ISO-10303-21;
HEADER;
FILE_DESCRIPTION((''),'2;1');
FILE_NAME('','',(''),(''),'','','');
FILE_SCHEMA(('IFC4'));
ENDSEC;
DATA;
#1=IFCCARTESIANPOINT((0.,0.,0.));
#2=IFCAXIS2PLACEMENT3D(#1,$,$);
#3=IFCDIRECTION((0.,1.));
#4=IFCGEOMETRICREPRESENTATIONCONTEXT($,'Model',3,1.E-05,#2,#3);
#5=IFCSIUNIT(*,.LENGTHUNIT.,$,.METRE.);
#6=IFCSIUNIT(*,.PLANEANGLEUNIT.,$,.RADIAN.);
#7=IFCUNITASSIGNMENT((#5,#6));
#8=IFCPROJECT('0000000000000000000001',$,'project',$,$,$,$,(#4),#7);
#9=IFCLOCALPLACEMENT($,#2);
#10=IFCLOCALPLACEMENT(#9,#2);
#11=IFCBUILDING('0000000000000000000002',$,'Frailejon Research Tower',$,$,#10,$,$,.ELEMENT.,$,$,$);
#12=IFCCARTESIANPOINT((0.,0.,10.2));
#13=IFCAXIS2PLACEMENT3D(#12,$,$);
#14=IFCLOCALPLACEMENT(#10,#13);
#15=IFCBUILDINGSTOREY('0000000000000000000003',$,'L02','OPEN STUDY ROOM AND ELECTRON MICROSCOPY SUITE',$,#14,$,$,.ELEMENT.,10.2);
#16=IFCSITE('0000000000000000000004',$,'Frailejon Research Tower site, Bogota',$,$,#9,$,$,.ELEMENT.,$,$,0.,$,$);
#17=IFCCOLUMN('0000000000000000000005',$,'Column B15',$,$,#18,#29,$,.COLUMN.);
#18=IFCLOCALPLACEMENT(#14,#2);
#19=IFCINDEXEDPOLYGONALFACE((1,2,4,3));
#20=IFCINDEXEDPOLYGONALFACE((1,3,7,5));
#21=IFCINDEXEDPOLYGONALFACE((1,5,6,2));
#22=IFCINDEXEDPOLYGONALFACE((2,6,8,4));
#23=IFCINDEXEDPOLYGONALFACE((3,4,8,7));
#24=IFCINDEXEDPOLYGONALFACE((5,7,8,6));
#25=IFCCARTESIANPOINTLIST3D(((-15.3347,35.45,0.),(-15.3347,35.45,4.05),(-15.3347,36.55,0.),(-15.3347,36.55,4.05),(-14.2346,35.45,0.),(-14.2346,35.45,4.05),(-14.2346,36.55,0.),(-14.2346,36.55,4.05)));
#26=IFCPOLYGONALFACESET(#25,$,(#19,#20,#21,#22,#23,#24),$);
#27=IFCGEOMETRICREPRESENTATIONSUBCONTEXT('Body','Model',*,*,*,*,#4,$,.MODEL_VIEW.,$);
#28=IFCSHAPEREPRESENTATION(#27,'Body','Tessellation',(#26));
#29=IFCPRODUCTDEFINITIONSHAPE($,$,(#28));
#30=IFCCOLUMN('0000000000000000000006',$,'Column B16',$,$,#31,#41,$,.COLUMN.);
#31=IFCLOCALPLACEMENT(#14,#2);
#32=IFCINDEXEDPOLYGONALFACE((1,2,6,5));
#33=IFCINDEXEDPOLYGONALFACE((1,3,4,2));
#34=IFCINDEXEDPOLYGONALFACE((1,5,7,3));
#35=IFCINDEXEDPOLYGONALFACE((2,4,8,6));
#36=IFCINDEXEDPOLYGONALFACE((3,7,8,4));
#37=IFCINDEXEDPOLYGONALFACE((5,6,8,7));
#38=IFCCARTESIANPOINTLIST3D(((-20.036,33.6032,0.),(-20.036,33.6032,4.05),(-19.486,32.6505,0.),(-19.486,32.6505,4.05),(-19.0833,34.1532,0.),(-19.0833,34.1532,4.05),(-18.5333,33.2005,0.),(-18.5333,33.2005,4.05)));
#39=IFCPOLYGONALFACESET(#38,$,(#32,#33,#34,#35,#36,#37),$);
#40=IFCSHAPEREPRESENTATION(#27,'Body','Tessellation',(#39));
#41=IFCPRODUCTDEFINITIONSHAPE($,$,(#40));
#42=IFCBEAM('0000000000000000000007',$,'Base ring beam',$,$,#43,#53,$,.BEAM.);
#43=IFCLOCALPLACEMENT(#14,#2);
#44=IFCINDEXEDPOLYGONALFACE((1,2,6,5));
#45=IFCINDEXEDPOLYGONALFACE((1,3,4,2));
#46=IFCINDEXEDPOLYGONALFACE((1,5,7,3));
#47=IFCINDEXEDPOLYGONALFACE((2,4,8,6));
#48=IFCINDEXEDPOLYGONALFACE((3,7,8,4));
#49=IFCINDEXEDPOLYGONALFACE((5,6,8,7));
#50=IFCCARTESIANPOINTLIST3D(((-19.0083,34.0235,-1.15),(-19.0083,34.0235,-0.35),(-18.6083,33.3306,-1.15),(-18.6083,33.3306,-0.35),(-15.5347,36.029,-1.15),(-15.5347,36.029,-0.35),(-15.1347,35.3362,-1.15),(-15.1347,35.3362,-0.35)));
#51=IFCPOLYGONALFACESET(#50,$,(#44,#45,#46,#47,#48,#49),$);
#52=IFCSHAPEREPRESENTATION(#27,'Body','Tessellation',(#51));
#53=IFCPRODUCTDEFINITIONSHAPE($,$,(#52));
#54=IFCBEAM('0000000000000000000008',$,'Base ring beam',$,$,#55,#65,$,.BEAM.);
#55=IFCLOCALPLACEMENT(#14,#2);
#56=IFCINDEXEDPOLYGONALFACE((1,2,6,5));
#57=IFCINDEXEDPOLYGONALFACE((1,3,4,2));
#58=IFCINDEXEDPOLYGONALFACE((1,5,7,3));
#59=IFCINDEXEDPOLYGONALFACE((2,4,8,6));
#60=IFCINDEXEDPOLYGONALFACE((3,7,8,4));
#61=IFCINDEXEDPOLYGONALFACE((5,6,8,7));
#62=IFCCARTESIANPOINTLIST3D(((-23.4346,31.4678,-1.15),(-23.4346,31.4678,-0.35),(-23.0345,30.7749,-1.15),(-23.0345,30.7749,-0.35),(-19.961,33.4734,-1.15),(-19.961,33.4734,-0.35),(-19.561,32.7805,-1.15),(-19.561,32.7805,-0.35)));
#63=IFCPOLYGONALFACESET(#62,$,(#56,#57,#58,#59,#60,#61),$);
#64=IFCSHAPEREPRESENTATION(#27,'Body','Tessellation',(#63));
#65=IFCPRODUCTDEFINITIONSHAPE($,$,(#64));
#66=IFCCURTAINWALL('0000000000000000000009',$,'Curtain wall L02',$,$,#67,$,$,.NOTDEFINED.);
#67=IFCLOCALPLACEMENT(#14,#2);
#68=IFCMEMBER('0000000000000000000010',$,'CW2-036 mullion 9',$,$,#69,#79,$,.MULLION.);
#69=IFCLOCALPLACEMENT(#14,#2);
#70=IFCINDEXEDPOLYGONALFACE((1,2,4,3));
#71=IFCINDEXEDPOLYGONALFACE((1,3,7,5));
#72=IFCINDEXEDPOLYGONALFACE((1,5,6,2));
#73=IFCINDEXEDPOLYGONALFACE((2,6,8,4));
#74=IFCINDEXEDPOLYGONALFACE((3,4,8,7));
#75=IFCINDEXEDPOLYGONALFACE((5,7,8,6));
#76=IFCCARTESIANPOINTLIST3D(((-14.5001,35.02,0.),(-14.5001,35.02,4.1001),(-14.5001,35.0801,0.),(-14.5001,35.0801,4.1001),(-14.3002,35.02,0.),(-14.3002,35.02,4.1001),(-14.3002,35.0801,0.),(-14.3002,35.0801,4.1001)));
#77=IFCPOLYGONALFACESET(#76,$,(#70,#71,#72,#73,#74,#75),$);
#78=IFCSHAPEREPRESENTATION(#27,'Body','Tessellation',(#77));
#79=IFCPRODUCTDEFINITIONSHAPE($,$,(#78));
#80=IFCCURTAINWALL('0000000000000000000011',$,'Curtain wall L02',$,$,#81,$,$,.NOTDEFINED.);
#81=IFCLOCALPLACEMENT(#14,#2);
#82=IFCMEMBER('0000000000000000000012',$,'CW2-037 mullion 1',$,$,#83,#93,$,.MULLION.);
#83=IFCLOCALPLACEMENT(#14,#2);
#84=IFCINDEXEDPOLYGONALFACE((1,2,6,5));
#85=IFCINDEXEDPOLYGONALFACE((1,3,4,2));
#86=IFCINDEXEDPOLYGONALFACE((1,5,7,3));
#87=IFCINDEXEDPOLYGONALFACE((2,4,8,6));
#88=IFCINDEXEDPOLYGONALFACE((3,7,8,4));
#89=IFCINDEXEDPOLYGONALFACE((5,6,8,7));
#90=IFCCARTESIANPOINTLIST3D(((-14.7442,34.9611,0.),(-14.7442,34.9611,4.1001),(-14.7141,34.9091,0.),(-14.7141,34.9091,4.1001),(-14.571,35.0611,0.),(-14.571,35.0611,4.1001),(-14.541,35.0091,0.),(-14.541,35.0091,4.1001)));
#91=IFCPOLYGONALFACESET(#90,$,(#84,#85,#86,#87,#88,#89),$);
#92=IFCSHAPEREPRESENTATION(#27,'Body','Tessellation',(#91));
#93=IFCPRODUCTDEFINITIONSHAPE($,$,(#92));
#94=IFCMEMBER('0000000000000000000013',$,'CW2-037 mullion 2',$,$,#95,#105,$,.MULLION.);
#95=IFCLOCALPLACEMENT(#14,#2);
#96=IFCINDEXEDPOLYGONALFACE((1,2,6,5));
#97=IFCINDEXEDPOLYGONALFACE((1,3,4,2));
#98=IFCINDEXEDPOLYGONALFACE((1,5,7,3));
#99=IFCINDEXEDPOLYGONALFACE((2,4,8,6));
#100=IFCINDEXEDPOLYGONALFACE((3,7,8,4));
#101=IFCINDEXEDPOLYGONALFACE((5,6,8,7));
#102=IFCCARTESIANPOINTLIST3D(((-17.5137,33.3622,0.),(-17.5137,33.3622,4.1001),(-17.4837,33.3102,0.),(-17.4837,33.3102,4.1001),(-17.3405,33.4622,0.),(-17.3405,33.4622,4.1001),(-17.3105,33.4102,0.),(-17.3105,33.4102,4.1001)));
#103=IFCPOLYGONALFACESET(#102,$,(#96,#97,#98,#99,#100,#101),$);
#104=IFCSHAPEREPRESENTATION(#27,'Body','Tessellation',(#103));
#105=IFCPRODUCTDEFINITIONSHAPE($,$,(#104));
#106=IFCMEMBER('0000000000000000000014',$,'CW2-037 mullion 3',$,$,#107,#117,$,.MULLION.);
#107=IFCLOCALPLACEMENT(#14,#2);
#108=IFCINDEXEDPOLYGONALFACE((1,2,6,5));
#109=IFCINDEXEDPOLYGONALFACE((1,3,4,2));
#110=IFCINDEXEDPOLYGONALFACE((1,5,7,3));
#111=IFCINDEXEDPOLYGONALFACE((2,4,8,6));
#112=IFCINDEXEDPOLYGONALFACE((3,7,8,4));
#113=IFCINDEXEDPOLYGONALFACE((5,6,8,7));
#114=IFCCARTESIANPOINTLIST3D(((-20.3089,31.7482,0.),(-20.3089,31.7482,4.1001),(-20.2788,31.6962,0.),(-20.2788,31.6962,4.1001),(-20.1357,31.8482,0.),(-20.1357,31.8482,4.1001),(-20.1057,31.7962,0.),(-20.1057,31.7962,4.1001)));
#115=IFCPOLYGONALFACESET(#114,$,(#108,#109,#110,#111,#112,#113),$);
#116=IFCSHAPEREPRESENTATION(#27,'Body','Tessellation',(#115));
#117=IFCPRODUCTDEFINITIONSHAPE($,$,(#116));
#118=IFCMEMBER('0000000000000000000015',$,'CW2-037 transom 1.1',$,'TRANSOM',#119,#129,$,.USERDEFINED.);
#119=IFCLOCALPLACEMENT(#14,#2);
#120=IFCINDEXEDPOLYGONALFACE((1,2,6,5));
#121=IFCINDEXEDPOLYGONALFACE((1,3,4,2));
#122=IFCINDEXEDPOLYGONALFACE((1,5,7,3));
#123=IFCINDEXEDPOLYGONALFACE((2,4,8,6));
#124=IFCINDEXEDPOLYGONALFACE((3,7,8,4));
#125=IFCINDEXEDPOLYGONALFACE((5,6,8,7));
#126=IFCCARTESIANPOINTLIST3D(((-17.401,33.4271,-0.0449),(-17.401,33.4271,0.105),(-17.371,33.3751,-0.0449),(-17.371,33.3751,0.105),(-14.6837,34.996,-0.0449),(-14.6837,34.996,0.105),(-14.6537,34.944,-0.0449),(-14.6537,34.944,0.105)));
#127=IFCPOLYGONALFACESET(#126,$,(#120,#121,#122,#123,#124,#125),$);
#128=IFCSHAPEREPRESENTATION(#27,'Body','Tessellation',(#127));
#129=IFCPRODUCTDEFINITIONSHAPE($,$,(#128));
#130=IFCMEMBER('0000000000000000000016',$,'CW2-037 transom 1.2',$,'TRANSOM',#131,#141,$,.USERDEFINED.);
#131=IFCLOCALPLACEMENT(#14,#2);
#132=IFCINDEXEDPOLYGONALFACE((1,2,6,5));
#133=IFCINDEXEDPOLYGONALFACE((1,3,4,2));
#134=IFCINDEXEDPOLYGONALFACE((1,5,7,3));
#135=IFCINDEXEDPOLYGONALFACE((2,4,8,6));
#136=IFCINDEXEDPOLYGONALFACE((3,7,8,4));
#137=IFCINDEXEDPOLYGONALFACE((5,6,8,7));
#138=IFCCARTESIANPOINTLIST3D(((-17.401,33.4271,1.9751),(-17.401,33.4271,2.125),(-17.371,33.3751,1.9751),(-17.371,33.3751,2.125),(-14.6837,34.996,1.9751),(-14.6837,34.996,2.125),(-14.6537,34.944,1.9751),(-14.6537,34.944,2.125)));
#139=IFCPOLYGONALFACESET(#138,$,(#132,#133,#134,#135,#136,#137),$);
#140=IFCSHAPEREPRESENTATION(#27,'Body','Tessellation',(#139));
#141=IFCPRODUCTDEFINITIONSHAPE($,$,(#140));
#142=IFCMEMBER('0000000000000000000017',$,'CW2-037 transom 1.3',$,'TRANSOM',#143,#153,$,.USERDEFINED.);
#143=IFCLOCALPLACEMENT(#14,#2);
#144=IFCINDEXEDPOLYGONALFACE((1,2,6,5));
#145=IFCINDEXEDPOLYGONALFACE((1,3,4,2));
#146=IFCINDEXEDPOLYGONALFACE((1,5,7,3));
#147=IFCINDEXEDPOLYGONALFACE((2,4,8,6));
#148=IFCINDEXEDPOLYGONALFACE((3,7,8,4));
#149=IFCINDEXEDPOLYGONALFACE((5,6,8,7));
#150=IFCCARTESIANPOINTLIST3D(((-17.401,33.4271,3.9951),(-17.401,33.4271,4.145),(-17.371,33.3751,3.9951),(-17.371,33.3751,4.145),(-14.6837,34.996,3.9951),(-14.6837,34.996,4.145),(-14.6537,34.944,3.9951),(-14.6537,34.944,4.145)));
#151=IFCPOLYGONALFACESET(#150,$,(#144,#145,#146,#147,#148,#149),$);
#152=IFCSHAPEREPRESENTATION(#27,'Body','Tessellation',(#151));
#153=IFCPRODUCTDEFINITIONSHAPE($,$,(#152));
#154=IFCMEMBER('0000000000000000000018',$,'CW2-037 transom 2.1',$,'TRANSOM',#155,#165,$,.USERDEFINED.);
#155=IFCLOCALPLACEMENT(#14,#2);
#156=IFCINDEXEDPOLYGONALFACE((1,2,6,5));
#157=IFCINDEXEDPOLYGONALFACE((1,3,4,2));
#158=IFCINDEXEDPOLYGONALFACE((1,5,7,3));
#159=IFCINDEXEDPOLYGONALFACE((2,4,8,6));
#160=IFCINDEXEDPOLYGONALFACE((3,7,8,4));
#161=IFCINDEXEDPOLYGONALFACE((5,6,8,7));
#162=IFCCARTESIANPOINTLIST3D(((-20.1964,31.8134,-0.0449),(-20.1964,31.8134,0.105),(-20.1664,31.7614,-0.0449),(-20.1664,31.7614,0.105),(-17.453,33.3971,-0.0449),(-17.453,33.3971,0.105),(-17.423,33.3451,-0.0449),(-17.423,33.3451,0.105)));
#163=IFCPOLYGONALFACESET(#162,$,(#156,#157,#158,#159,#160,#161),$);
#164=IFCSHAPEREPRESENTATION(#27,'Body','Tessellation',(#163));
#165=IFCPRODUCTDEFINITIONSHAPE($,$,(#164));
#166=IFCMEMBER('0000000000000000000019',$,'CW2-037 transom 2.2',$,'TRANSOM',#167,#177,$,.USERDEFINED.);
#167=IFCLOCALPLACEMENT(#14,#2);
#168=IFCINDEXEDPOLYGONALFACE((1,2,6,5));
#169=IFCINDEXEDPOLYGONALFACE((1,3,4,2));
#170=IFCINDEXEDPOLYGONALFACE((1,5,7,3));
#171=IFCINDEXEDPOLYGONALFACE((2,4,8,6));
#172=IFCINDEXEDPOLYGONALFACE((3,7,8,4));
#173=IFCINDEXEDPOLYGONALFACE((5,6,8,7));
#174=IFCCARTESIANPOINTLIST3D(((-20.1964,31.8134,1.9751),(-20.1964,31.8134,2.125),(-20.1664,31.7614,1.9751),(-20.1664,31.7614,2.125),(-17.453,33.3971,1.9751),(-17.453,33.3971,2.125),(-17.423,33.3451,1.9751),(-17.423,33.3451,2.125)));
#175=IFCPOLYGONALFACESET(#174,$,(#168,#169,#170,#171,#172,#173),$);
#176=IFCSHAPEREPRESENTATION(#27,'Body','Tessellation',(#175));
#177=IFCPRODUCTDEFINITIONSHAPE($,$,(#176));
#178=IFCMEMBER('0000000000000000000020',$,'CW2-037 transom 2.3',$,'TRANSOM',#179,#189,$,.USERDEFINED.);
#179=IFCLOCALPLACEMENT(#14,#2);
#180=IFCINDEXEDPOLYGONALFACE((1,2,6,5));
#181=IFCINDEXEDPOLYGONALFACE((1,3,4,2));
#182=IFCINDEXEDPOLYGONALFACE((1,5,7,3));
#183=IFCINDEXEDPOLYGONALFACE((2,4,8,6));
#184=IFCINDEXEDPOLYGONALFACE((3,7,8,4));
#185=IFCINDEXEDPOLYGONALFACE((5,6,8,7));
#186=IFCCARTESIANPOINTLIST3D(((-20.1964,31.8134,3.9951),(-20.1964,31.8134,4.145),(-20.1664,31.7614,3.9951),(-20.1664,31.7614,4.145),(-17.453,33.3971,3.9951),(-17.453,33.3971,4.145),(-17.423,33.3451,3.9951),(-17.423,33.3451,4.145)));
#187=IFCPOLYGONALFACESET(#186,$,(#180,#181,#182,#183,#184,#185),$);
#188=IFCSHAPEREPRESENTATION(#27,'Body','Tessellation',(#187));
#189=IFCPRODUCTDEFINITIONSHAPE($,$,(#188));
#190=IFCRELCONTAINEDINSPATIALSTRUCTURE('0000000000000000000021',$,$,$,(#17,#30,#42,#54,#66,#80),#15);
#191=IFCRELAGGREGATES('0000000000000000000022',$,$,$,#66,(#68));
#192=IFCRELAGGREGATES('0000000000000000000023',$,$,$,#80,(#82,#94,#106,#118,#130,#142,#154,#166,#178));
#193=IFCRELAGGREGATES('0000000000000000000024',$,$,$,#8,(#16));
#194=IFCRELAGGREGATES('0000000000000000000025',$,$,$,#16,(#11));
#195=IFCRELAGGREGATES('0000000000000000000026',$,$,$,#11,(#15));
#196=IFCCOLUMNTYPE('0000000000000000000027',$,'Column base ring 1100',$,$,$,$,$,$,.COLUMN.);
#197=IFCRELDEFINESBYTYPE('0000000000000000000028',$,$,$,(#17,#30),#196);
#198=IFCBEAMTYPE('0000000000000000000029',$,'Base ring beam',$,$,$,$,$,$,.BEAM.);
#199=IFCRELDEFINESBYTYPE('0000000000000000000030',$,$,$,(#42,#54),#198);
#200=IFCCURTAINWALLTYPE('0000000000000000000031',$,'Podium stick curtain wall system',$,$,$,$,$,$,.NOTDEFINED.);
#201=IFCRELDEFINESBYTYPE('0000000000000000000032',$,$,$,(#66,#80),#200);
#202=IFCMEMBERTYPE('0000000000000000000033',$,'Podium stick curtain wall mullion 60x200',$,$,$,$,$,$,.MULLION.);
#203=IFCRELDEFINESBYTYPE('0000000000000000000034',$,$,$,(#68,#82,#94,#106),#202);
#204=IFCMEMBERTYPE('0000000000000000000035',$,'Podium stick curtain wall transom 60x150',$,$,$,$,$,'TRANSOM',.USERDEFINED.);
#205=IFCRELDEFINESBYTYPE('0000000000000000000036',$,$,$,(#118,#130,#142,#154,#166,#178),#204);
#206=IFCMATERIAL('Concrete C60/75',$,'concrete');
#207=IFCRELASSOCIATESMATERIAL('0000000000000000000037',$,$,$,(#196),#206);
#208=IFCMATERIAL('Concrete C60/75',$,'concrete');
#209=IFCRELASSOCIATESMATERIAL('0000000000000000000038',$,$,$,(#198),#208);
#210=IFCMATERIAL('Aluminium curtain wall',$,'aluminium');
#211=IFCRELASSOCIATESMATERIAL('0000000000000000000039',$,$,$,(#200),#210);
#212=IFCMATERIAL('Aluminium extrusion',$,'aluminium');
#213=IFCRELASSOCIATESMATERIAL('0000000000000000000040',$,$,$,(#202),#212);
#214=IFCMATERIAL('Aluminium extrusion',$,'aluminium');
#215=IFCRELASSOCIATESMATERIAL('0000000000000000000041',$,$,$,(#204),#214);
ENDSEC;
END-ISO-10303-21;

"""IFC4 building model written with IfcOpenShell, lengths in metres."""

from ifc_helpers import new_model, si_unit, direction, frame, origin, origin_2d, place, context, subcontext, project, spatial, rectangle, extrude, material, material_profile, profile_set, type_object, element, aggregate, save


model = new_model("IFC4")

# Units and contexts
model_context = context("Model", 3, precision=1e-05, world=origin(), true_north=direction((0.0, 1.0)))
body_context = subcontext(model_context, "Body", "Model", "MODEL_VIEW")
ifc_project = project(units=[si_unit("LENGTHUNIT", "METRE"), si_unit("PLANEANGLEUNIT", "RADIAN")], contexts=[model_context])

# Site, building, storey
site_placement = place(None, origin())
site = spatial("IfcSite", under=ifc_project, at=site_placement, Name="Frailejon Research Tower site, Bogota", CompositionType="ELEMENT", RefElevation=0.0)
building_placement = place(site_placement, origin())
building = spatial("IfcBuilding", under=site, at=building_placement, Name="Frailejon Research Tower", CompositionType="ELEMENT")
storey_placement = place(building_placement, frame((0.0, 0.0, 10.2)))
storey = spatial("IfcBuildingStorey", under=building, at=storey_placement, Name="L02", Description="OPEN STUDY ROOM AND ELECTRON MICROSCOPY SUITE", CompositionType="ELEMENT", Elevation=10.2)

# Columns
ifc_material_1 = material(Name="Concrete C60/75", Category="concrete")
ifc_material_profile_1 = material_profile(ifc_material_1, rectangle(XDim=1.1001, YDim=1.1001, at=origin_2d()), Name="Column base ring 1100")
ifc_profile_set_1 = profile_set([ifc_material_profile_1], Name="Concrete C60/75")
column_type = type_object("IfcColumnType", Name="Column base ring 1100", PredefinedType="COLUMN", material=ifc_profile_set_1)
for number, where, z_axis, x_axis, name in (
    (1, (-14.7847, 36.0, 0.0), (0.0, 0.0, 1.0), (-1.0, 0.0, 0.0), "Column B15"),
    (2, (-19.2847, 33.4019, 0.0), (0.0, 0.0, 1.0), (-0.866025, -0.5, 0.0), "Column B16"),
):
    element("IfcColumn", number, at=place(storey_placement, frame(where, z_axis=z_axis, x_axis=x_axis)), inside=storey, type_object=column_type, Name=name, PredefinedType="COLUMN", context=body_context, shape_type="SweptSolid", body=[
        extrude(rectangle(XDim=1.1001, YDim=1.1001, at=origin_2d()), origin(), (0.0, 0.0, 1.0), 4.05),
    ])

# Beams
ifc_material_2 = material(Name="Concrete C60/75", Category="concrete")
ifc_material_profile_2 = material_profile(ifc_material_2, rectangle(XDim=0.8, YDim=0.8, at=origin_2d()), Name="Base ring beam")
ifc_profile_set_2 = profile_set([ifc_material_profile_2], Name="Concrete C60/75")
beam_type = type_object("IfcBeamType", Name="Base ring beam", PredefinedType="BEAM", material=ifc_profile_set_2)
for number, where, z_axis, x_axis, name in (
    (3, (-15.3347, 35.6826, -0.75), (-0.866013, -0.500021, 0.0), (0.500021, -0.866013, 0.0), "Base ring beam"),
    (4, (-19.761, 33.127, -0.75), (-0.866013, -0.500021, 0.0), (0.500021, -0.866013, 0.0), "Base ring beam"),
):
    element("IfcBeam", number, at=place(storey_placement, frame(where, z_axis=z_axis, x_axis=x_axis)), inside=storey, type_object=beam_type, Name=name, PredefinedType="BEAM", context=body_context, shape_type="SweptSolid", body=[
        extrude(rectangle(XDim=0.8, YDim=0.8, at=origin_2d()), origin(), (0.0, 0.0, 1.0), 4.011),
    ])

# Curtain wall, member
ifc_material_3 = material(Name="Aluminium curtain wall", Category="aluminium")
curtain_wall_type = type_object("IfcCurtainWallType", Name="Podium stick curtain wall system", PredefinedType="NOTDEFINED", material=ifc_material_3)
curtain_wall_1_placement = place(storey_placement, origin())
curtain_wall_1 = element("IfcCurtainWall", 5, at=curtain_wall_1_placement, inside=storey, type_object=curtain_wall_type, Name="Curtain wall L02", PredefinedType="NOTDEFINED")
ifc_material_4 = material(Name="Aluminium extrusion", Category="aluminium")
ifc_material_profile_3 = material_profile(ifc_material_4, rectangle(XDim=0.0601, YDim=0.2, at=origin_2d()), Name="Podium stick curtain wall mullion 60x200")
ifc_profile_set_3 = profile_set([ifc_material_profile_3], Name="Aluminium extrusion")
member_type_1 = type_object("IfcMemberType", Name="Podium stick curtain wall mullion 60x200", PredefinedType="MULLION", material=ifc_profile_set_3)
member_1_placement = place(storey_placement, frame((-14.4001, 35.05, 0.0), z_axis=(0.0, 0.0, 1.0), x_axis=(0.0, -1.0, 0.0)))
member_1 = element("IfcMember", 6, at=member_1_placement, type_object=member_type_1, Name="CW2-036 mullion 9", PredefinedType="MULLION", context=body_context, shape_type="SweptSolid", body=[
    extrude(rectangle(XDim=0.0601, YDim=0.2, at=origin_2d()), origin(), (0.0, 0.0, 1.0), 4.1001),
])
aggregate(curtain_wall_1, [member_1])

# Curtain wall, members
curtain_wall_2_placement = place(storey_placement, origin())
curtain_wall_2 = element("IfcCurtainWall", 7, at=curtain_wall_2_placement, inside=storey, type_object=curtain_wall_type, Name="Curtain wall L02", PredefinedType="NOTDEFINED")
member_2_placement = place(storey_placement, frame((-14.6426, 34.9851, 0.0), z_axis=(0.0, 0.0, 1.0), x_axis=(0.5, -0.866025, 0.0)))
member_2 = element("IfcMember", 8, at=member_2_placement, type_object=member_type_1, Name="CW2-037 mullion 1", PredefinedType="MULLION", context=body_context, shape_type="SweptSolid", body=[
    extrude(rectangle(XDim=0.0601, YDim=0.2, at=origin_2d()), origin(), (0.0, 0.0, 1.0), 4.1001),
])
member_3_placement = place(storey_placement, frame((-17.4121, 33.3862, 0.0), z_axis=(0.0, 0.0, 1.0), x_axis=(0.5, -0.866025, 0.0)))
member_3 = element("IfcMember", 9, at=member_3_placement, type_object=member_type_1, Name="CW2-037 mullion 2", PredefinedType="MULLION", context=body_context, shape_type="SweptSolid", body=[
    extrude(rectangle(XDim=0.0601, YDim=0.2, at=origin_2d()), origin(), (0.0, 0.0, 1.0), 4.1001),
])
member_4_placement = place(storey_placement, frame((-20.2073, 31.7722, 0.0), z_axis=(0.0, 0.0, 1.0), x_axis=(0.5, -0.866025, 0.0)))
member_4 = element("IfcMember", 10, at=member_4_placement, type_object=member_type_1, Name="CW2-037 mullion 3", PredefinedType="MULLION", context=body_context, shape_type="SweptSolid", body=[
    extrude(rectangle(XDim=0.0601, YDim=0.2, at=origin_2d()), origin(), (0.0, 0.0, 1.0), 4.1001),
])
ifc_material_5 = material(Name="Aluminium extrusion", Category="aluminium")
ifc_material_profile_4 = material_profile(ifc_material_5, rectangle(XDim=0.0601, YDim=0.1499, at=origin_2d()), Name="Podium stick curtain wall transom 60x150")
ifc_profile_set_4 = profile_set([ifc_material_profile_4], Name="Aluminium extrusion")
member_type_2 = type_object("IfcMemberType", Name="Podium stick curtain wall transom 60x150", ElementType="TRANSOM", PredefinedType="USERDEFINED", material=ifc_profile_set_4)
member_5_placement = place(storey_placement, frame((-14.6687, 34.97, 0.03), z_axis=(-0.866022, -0.500005, 0.0), x_axis=(0.500005, -0.866022, 0.0)))
member_5 = element("IfcMember", 11, at=member_5_placement, type_object=member_type_2, Name="CW2-037 transom 1.1", ObjectType="TRANSOM", PredefinedType="USERDEFINED", context=body_context, shape_type="SweptSolid", body=[
    extrude(rectangle(XDim=0.0601, YDim=0.1499, at=origin_2d()), origin(), (0.0, 0.0, 1.0), 3.1377),
])
member_6_placement = place(storey_placement, frame((-14.6687, 34.97, 2.05), z_axis=(-0.866022, -0.500005, 0.0), x_axis=(0.500005, -0.866022, 0.0)))
member_6 = element("IfcMember", 12, at=member_6_placement, type_object=member_type_2, Name="CW2-037 transom 1.2", ObjectType="TRANSOM", PredefinedType="USERDEFINED", context=body_context, shape_type="SweptSolid", body=[
    extrude(rectangle(XDim=0.0601, YDim=0.1499, at=origin_2d()), origin(), (0.0, 0.0, 1.0), 3.1377),
])
member_7_placement = place(storey_placement, frame((-14.6687, 34.97, 4.0701), z_axis=(-0.866022, -0.500005, 0.0), x_axis=(0.500005, -0.866022, 0.0)))
member_7 = element("IfcMember", 13, at=member_7_placement, type_object=member_type_2, Name="CW2-037 transom 1.3", ObjectType="TRANSOM", PredefinedType="USERDEFINED", context=body_context, shape_type="SweptSolid", body=[
    extrude(rectangle(XDim=0.0601, YDim=0.1499, at=origin_2d()), origin(), (0.0, 0.0, 1.0), 3.1377),
])
member_8_placement = place(storey_placement, frame((-17.438, 33.3711, 0.03), z_axis=(-0.866048, -0.49996, 0.0), x_axis=(0.49996, -0.866048, 0.0)))
member_8 = element("IfcMember", 14, at=member_8_placement, type_object=member_type_2, Name="CW2-037 transom 2.1", ObjectType="TRANSOM", PredefinedType="USERDEFINED", context=body_context, shape_type="SweptSolid", body=[
    extrude(rectangle(XDim=0.0601, YDim=0.1499, at=origin_2d()), origin(), (0.0, 0.0, 1.0), 3.1677),
])
member_9_placement = place(storey_placement, frame((-17.438, 33.3711, 2.05), z_axis=(-0.866048, -0.49996, 0.0), x_axis=(0.49996, -0.866048, 0.0)))
member_9 = element("IfcMember", 15, at=member_9_placement, type_object=member_type_2, Name="CW2-037 transom 2.2", ObjectType="TRANSOM", PredefinedType="USERDEFINED", context=body_context, shape_type="SweptSolid", body=[
    extrude(rectangle(XDim=0.0601, YDim=0.1499, at=origin_2d()), origin(), (0.0, 0.0, 1.0), 3.1677),
])
member_10_placement = place(storey_placement, frame((-17.438, 33.3711, 4.0701), z_axis=(-0.866048, -0.49996, 0.0), x_axis=(0.49996, -0.866048, 0.0)))
member_10 = element("IfcMember", 16, at=member_10_placement, type_object=member_type_2, Name="CW2-037 transom 2.3", ObjectType="TRANSOM", PredefinedType="USERDEFINED", context=body_context, shape_type="SweptSolid", body=[
    extrude(rectangle(XDim=0.0601, YDim=0.1499, at=origin_2d()), origin(), (0.0, 0.0, 1.0), 3.1677),
])
aggregate(curtain_wall_2, [member_2, member_3, member_4, member_5, member_6, member_7, member_8, member_9, member_10])

save(model, "model.ifc")
